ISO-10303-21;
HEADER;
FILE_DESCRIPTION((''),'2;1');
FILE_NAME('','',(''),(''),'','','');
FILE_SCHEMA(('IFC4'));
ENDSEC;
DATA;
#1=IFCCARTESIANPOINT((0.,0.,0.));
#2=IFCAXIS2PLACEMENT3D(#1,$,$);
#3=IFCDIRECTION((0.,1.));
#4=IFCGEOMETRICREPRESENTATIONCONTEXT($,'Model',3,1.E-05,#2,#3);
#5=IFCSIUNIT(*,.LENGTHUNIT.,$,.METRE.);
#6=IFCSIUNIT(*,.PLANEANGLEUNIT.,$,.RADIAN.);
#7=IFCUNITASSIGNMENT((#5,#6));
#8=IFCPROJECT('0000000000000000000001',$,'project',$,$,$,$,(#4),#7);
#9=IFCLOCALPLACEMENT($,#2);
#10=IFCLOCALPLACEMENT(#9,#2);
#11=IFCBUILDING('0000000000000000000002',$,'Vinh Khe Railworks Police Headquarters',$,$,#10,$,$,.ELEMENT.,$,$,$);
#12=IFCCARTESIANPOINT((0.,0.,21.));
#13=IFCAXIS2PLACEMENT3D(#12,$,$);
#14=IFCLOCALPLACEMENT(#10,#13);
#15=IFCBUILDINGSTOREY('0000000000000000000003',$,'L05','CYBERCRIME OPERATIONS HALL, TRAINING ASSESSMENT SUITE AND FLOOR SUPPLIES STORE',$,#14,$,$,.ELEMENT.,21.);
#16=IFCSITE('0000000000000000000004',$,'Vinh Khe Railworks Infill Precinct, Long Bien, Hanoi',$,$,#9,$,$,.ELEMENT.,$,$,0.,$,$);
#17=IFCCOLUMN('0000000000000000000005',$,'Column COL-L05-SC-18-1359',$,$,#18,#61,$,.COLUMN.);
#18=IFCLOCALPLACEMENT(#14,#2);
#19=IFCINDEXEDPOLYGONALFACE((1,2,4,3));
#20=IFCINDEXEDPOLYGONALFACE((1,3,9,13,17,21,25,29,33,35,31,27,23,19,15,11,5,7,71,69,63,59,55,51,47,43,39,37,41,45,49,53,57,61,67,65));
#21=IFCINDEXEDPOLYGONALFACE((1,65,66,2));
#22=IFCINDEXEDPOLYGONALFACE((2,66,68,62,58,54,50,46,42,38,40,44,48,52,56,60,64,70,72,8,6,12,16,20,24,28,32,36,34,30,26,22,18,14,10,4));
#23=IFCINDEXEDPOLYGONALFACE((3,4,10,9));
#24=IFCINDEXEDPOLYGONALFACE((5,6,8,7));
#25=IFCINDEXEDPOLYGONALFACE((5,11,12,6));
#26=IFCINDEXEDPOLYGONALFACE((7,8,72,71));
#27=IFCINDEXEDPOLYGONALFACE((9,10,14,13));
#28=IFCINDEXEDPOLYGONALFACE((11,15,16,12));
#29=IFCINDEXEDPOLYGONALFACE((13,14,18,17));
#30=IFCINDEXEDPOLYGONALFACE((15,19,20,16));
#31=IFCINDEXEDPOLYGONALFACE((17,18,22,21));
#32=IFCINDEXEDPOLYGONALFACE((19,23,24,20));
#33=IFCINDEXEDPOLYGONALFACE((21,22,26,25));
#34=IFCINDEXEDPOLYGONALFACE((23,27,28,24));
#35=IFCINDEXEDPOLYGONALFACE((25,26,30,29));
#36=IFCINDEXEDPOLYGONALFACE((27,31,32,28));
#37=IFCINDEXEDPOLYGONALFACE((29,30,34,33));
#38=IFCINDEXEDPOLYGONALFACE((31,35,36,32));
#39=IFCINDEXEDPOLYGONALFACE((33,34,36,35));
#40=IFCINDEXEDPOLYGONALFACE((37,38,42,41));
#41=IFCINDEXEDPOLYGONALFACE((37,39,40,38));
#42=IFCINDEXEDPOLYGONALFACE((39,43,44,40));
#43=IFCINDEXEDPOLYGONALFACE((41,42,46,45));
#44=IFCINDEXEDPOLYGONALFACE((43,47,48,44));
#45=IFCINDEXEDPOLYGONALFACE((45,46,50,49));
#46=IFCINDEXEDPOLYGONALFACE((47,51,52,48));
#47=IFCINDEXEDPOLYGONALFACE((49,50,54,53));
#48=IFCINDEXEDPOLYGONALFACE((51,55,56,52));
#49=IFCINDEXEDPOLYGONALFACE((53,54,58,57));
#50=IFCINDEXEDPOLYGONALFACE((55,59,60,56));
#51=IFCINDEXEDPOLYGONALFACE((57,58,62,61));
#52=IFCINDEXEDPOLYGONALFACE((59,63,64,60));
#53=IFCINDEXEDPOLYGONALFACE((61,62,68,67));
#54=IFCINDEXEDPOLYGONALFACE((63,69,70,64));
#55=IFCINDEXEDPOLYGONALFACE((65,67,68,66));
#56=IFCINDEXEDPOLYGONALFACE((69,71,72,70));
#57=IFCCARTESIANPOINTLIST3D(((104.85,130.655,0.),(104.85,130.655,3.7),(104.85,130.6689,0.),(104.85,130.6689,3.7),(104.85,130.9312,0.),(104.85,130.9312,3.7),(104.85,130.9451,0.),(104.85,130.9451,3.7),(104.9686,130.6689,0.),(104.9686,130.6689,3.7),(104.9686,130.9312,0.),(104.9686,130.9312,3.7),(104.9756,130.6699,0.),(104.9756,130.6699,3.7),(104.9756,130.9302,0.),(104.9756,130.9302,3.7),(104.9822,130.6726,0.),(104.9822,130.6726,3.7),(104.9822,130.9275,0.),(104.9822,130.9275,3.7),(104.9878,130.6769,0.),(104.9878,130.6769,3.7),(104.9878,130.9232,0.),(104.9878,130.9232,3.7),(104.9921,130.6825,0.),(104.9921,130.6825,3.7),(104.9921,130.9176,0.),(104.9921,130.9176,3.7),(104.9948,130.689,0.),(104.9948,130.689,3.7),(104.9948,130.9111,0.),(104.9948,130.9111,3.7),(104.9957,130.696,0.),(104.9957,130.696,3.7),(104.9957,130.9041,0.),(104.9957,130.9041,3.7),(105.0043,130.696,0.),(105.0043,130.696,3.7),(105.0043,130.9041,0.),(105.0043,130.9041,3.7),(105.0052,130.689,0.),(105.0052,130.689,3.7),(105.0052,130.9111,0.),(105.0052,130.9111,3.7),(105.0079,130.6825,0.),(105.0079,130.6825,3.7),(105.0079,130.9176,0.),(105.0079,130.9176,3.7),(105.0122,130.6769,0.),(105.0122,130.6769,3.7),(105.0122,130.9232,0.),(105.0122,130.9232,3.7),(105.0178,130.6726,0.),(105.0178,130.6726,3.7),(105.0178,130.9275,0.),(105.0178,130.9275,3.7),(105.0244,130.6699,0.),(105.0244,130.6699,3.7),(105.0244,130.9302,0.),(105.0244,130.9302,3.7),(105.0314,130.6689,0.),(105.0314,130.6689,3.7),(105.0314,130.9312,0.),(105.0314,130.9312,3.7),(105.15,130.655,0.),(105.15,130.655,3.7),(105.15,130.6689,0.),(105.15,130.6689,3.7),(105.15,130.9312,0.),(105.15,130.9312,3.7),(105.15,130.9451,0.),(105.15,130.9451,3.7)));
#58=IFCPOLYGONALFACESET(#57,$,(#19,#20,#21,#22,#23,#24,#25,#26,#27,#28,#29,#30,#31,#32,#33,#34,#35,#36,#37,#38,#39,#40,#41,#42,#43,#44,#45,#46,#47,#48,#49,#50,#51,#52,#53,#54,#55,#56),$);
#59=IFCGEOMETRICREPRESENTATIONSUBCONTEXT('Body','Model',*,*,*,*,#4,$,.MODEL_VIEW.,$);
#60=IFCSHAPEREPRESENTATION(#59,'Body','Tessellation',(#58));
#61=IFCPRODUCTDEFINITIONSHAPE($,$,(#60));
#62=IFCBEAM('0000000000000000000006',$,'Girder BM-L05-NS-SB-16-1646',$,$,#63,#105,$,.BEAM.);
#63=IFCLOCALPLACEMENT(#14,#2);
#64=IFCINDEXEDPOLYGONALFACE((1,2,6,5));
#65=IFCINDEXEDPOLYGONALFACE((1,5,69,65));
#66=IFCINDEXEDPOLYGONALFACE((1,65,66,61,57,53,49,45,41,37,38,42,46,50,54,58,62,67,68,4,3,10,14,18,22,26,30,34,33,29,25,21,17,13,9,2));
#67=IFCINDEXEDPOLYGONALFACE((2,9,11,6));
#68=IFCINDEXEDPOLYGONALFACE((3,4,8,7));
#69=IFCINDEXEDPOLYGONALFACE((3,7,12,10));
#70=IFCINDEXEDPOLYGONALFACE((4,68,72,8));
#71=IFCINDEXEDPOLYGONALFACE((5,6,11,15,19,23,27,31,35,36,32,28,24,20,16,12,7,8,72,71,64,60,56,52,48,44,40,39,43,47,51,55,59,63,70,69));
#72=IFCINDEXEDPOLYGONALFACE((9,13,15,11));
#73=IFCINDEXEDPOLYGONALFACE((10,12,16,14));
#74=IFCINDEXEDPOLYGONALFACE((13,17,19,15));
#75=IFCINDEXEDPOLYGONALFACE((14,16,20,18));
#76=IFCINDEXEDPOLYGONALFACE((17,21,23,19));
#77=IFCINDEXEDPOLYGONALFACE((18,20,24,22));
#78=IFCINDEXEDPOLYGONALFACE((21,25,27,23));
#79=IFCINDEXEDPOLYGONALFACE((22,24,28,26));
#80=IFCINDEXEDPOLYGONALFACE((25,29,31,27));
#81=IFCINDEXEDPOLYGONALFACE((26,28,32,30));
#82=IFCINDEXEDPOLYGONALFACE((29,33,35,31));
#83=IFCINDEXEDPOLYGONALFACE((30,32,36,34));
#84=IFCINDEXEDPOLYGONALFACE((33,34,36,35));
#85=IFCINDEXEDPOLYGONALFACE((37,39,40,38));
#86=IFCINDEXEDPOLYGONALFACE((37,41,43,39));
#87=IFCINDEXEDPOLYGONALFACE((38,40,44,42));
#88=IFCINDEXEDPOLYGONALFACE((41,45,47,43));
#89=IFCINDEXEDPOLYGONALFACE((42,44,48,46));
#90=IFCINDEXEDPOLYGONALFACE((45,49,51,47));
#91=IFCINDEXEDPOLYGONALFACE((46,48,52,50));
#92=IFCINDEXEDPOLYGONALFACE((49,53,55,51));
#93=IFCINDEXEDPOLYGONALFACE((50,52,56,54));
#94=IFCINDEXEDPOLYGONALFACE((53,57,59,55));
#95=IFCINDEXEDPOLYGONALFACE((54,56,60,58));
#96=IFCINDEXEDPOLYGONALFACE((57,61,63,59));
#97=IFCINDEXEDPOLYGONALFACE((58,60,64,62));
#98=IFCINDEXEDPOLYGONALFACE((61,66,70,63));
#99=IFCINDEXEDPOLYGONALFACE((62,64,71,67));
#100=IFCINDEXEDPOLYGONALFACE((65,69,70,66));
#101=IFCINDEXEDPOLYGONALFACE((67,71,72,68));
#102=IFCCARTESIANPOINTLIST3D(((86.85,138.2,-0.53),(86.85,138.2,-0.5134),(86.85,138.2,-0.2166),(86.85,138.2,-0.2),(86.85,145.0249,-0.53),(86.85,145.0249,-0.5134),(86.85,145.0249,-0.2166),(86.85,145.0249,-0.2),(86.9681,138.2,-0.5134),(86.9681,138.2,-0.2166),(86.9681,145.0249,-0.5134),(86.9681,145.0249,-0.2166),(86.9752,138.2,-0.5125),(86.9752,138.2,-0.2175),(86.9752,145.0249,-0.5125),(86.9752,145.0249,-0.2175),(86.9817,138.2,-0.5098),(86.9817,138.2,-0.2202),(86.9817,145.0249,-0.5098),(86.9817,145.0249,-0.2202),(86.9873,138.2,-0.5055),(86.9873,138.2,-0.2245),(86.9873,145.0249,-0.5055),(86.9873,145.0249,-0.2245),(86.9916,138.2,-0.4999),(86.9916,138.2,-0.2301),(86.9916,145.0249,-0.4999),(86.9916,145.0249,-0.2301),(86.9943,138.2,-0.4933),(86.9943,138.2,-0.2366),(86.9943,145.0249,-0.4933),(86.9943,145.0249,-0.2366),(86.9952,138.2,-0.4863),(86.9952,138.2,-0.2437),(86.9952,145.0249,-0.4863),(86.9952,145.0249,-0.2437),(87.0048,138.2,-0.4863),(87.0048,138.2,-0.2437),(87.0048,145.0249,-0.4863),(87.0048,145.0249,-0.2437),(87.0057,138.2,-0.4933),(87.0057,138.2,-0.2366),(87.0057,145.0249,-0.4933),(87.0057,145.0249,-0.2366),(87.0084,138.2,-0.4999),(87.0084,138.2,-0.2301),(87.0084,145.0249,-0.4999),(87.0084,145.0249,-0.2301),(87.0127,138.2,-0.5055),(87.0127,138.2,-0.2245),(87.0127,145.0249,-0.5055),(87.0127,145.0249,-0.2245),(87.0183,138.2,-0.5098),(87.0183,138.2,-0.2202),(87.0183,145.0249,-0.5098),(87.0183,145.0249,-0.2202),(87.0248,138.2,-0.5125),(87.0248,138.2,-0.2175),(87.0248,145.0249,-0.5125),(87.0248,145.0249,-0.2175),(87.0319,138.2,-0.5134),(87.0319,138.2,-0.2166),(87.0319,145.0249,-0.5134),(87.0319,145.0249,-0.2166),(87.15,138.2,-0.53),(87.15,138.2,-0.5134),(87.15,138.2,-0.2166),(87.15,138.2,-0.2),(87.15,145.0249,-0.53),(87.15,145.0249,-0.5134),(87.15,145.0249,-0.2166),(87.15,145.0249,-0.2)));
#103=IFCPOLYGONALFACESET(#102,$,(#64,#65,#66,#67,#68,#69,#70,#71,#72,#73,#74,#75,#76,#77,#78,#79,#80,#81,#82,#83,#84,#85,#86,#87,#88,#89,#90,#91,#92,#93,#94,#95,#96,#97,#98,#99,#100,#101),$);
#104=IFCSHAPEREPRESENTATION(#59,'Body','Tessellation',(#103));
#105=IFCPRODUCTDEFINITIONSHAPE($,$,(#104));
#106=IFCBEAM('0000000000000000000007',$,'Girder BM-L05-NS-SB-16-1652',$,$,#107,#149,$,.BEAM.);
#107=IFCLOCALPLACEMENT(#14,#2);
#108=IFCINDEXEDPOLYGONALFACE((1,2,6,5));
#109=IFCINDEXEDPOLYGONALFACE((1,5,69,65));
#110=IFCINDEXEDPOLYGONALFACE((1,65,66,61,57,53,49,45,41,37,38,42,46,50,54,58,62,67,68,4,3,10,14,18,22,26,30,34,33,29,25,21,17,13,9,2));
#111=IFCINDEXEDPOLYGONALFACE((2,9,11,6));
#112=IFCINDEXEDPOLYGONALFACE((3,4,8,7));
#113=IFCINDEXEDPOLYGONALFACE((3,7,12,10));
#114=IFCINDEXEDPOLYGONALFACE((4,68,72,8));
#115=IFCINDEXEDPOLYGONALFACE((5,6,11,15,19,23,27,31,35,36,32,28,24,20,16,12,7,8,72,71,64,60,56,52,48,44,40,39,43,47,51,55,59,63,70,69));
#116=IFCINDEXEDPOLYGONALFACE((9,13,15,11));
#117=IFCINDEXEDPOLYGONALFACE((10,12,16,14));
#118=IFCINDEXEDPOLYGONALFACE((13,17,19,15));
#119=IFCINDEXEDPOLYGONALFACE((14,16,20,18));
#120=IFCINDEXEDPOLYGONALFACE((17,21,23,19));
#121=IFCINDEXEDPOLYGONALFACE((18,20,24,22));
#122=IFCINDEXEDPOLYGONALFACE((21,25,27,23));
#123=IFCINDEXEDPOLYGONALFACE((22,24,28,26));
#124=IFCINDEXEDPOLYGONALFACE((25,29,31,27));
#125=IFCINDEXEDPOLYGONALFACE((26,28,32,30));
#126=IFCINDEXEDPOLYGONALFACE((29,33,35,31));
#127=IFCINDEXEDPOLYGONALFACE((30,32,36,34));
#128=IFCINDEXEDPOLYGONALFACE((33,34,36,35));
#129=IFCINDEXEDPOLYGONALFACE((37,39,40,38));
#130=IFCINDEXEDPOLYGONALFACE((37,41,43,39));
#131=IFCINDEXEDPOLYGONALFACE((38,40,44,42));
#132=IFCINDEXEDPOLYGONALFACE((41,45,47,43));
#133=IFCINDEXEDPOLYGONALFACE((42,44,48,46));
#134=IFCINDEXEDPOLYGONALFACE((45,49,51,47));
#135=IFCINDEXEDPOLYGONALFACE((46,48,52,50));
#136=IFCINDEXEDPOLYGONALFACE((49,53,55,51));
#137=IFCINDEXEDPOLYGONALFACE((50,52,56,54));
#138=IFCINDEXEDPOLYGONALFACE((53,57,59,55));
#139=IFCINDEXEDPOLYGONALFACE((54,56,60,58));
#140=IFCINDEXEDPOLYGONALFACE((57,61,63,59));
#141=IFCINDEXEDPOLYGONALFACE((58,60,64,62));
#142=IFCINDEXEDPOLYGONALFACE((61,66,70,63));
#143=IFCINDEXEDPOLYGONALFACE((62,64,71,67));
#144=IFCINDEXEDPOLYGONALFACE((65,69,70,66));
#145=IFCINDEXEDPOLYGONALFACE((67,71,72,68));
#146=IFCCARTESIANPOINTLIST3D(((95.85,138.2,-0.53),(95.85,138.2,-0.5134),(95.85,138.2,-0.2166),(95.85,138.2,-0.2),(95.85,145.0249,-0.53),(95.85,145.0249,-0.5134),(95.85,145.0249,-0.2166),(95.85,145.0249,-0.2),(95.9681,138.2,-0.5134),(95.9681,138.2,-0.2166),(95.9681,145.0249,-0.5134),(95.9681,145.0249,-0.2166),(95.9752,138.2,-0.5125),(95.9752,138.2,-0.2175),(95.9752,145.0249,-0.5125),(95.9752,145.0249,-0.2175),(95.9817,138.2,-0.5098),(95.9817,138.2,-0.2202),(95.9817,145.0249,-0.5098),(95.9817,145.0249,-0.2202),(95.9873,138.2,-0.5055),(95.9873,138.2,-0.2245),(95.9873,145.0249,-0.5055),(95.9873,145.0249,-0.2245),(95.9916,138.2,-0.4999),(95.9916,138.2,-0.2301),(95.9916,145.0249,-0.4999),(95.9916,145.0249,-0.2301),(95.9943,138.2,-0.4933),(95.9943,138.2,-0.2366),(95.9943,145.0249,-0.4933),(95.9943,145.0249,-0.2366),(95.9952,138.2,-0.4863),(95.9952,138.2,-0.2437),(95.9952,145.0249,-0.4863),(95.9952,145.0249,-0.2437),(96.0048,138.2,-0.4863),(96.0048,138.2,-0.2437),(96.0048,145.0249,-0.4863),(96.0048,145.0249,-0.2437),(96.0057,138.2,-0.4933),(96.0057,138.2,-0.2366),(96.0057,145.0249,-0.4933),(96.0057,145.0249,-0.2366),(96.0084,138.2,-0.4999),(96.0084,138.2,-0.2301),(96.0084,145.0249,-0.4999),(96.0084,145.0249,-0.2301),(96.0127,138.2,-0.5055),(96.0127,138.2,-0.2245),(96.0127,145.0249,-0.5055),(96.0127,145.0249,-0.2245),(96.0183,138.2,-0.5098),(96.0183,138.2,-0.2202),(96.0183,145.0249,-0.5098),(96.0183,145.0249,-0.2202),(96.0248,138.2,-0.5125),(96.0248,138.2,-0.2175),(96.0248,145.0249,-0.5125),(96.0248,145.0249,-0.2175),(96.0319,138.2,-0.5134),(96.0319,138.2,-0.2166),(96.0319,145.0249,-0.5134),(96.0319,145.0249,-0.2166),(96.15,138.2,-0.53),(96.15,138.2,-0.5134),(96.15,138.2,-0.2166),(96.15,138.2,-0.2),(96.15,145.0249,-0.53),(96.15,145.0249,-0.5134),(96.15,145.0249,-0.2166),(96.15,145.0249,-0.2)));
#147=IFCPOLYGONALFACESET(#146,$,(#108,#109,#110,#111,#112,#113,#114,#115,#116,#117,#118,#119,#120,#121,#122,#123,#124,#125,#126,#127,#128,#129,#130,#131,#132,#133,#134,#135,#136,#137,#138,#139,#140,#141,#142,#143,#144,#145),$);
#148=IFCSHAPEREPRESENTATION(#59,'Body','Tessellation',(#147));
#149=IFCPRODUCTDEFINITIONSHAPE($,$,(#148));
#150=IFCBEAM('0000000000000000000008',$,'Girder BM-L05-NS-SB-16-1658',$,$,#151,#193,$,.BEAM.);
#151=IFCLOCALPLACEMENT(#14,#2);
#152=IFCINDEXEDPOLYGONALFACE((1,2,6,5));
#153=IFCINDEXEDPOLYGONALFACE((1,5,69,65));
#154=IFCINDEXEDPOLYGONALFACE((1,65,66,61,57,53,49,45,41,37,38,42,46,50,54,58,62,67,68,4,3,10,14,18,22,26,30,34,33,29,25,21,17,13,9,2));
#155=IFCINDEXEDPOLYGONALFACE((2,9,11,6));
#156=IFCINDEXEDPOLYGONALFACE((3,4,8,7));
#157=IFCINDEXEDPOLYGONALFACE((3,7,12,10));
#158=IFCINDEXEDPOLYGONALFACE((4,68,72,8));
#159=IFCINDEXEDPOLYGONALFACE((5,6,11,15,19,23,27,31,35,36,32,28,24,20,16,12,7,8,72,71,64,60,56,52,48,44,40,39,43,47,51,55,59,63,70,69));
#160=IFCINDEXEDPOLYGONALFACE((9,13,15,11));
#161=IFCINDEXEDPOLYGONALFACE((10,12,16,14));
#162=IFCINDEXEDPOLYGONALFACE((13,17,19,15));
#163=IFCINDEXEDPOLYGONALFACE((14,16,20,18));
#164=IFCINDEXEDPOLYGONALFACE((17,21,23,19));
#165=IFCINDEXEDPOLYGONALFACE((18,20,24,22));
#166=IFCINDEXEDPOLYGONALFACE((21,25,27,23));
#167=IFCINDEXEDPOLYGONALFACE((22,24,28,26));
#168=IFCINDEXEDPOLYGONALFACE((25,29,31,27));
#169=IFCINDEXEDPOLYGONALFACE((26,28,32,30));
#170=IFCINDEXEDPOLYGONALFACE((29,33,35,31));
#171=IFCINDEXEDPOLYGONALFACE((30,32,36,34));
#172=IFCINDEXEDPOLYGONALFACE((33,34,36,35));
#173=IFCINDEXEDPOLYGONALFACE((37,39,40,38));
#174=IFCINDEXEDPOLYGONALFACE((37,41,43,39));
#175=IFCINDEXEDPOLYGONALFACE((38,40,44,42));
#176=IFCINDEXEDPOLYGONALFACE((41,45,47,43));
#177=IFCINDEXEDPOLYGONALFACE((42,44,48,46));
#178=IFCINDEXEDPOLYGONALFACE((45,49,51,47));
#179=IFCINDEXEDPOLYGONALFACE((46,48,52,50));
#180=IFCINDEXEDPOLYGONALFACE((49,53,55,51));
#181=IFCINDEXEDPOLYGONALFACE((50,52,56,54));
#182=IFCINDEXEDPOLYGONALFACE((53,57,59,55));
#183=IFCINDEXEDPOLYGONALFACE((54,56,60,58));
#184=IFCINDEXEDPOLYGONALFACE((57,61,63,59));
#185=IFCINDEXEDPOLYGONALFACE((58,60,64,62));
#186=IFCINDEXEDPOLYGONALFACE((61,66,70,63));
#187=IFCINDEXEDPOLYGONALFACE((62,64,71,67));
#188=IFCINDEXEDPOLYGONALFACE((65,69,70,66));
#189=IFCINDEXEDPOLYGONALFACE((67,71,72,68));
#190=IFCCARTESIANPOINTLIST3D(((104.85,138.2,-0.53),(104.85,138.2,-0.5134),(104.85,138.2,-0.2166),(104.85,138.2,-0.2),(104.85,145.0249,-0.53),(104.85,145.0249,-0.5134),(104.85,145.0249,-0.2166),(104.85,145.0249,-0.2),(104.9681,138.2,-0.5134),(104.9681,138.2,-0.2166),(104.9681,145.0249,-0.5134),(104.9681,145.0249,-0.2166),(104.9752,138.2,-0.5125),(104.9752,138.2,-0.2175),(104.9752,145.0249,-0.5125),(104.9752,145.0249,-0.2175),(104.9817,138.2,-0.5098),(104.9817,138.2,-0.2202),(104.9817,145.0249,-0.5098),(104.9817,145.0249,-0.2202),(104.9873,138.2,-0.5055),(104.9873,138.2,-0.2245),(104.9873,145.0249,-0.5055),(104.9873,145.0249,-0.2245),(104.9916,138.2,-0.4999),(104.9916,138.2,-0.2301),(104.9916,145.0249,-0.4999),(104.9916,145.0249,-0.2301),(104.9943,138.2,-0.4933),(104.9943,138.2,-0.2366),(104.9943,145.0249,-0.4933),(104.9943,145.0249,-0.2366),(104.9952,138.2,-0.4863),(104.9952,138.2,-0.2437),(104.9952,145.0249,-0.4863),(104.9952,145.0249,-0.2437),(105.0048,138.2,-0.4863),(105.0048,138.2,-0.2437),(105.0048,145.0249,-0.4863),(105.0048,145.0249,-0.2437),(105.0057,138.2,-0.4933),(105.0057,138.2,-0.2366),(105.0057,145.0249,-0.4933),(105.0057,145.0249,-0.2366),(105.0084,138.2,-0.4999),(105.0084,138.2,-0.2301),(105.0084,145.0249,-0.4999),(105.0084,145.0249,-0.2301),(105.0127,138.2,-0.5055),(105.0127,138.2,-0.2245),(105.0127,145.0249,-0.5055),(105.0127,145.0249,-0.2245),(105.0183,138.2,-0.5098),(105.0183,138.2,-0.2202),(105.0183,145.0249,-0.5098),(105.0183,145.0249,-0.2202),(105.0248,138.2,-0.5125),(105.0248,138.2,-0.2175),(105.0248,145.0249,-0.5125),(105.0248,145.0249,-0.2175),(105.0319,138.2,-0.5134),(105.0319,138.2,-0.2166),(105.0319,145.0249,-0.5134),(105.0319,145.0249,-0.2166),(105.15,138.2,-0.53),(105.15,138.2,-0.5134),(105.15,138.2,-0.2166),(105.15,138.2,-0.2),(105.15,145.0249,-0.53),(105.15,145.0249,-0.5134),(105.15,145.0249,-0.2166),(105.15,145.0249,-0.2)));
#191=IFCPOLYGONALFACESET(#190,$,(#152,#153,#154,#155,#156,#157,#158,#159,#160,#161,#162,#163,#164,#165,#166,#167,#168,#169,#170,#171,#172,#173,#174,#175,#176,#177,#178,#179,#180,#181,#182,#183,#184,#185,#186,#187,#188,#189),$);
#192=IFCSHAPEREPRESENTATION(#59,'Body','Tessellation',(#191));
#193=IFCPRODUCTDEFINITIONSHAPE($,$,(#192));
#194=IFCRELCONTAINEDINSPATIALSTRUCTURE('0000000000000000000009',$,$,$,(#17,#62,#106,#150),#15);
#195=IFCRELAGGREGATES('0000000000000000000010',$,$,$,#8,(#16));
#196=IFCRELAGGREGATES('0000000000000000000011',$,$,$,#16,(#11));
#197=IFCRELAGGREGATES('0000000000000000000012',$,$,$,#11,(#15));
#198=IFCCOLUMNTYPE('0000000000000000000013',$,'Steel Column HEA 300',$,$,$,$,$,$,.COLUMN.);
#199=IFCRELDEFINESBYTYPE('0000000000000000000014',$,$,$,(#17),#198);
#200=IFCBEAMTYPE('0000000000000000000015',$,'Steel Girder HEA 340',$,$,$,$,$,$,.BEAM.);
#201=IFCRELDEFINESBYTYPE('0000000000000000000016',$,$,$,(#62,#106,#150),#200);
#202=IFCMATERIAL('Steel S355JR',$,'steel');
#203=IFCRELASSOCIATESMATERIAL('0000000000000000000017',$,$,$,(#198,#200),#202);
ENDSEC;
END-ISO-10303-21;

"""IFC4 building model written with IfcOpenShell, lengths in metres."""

from ifc_helpers import new_model, si_unit, direction, frame, origin, origin_2d, place, context, subcontext, project, spatial, i_section, extrude, material, material_profile, profile_set, type_object, element, save


model = new_model("IFC4")

# Units and contexts
model_context = context("Model", 3, precision=1e-05, world=origin(), true_north=direction((0.0, 1.0)))
body_context = subcontext(model_context, "Body", "Model", "MODEL_VIEW")
ifc_project = project(units=[si_unit("LENGTHUNIT", "METRE"), si_unit("PLANEANGLEUNIT", "RADIAN")], contexts=[model_context])

# Site, building, storey
site_placement = place(None, origin())
site = spatial("IfcSite", under=ifc_project, at=site_placement, Name="Vinh Khe Railworks Infill Precinct, Long Bien, Hanoi", CompositionType="ELEMENT", RefElevation=0.0)
building_placement = place(site_placement, origin())
building = spatial("IfcBuilding", under=site, at=building_placement, Name="Vinh Khe Railworks Police Headquarters", CompositionType="ELEMENT")
storey_placement = place(building_placement, frame((0.0, 0.0, 21.0)))
storey = spatial("IfcBuildingStorey", under=building, at=storey_placement, Name="L05", Description="CYBERCRIME OPERATIONS HALL, TRAINING ASSESSMENT SUITE AND FLOOR SUPPLIES STORE", CompositionType="ELEMENT", Elevation=21.0)

# Column
ifc_material_1 = material(Name="Steel S355JR", Category="steel")
ifc_material_profile_1 = material_profile(ifc_material_1, i_section(OverallWidth=0.3, OverallDepth=0.29, WebThickness=0.0085, FlangeThickness=0.0139, FilletRadius=0.0271, at=origin_2d()), Name="HEA 300")
ifc_profile_set_1 = profile_set([ifc_material_profile_1], Name="Steel S355JR")
column_type_1 = type_object("IfcColumnType", Name="Steel Column HEA 300", PredefinedType="COLUMN", material=ifc_profile_set_1)
column_1_placement = place(storey_placement, frame((105.0, 130.8, 0.0), z_axis=(0.0, 0.0, 1.0), x_axis=(1.0, 0.0, 0.0)))
element("IfcColumn", 1, at=column_1_placement, inside=storey, type_object=column_type_1, Name="Column COL-L05-SC-18-1359", PredefinedType="COLUMN", context=body_context, shape_type="SweptSolid", body=[
    extrude(i_section(OverallWidth=0.3, OverallDepth=0.29, WebThickness=0.0085, FlangeThickness=0.0139, FilletRadius=0.0271, at=origin_2d()), origin(), (0.0, 0.0, 1.0), 3.7),
])

# Beams
ifc_material_profile_2 = material_profile(ifc_material_1, i_section(OverallWidth=0.3, OverallDepth=0.3301, WebThickness=0.0095, FlangeThickness=0.0166, FilletRadius=0.0271, at=origin_2d()), Name="HEA 340")
ifc_profile_set_2 = profile_set([ifc_material_profile_2], Name="Steel S355JR")
beam_type_1 = type_object("IfcBeamType", Name="Steel Girder HEA 340", PredefinedType="BEAM", material=ifc_profile_set_2)
for number, where, z_axis, x_axis, name in (
    (2, (87.0, 138.2, -0.365), (0.0, 1.0, 0.0), (-1.0, 0.0, 0.0), "Girder BM-L05-NS-SB-16-1646"),
    (3, (96.0, 138.2, -0.365), (0.0, 1.0, 0.0), (-1.0, 0.0, 0.0), "Girder BM-L05-NS-SB-16-1652"),
    (4, (105.0, 138.2, -0.365), (0.0, 1.0, 0.0), (-1.0, 0.0, 0.0), "Girder BM-L05-NS-SB-16-1658"),
):
    element("IfcBeam", number, at=place(storey_placement, frame(where, z_axis=z_axis, x_axis=x_axis)), inside=storey, type_object=beam_type_1, Name=name, PredefinedType="BEAM", context=body_context, shape_type="SweptSolid", body=[
        extrude(i_section(OverallWidth=0.3, OverallDepth=0.3301, WebThickness=0.0095, FlangeThickness=0.0166, FilletRadius=0.0271, at=origin_2d()), origin(), (0.0, 0.0, 1.0), 6.825),
    ])

save(model, "model.ifc")
